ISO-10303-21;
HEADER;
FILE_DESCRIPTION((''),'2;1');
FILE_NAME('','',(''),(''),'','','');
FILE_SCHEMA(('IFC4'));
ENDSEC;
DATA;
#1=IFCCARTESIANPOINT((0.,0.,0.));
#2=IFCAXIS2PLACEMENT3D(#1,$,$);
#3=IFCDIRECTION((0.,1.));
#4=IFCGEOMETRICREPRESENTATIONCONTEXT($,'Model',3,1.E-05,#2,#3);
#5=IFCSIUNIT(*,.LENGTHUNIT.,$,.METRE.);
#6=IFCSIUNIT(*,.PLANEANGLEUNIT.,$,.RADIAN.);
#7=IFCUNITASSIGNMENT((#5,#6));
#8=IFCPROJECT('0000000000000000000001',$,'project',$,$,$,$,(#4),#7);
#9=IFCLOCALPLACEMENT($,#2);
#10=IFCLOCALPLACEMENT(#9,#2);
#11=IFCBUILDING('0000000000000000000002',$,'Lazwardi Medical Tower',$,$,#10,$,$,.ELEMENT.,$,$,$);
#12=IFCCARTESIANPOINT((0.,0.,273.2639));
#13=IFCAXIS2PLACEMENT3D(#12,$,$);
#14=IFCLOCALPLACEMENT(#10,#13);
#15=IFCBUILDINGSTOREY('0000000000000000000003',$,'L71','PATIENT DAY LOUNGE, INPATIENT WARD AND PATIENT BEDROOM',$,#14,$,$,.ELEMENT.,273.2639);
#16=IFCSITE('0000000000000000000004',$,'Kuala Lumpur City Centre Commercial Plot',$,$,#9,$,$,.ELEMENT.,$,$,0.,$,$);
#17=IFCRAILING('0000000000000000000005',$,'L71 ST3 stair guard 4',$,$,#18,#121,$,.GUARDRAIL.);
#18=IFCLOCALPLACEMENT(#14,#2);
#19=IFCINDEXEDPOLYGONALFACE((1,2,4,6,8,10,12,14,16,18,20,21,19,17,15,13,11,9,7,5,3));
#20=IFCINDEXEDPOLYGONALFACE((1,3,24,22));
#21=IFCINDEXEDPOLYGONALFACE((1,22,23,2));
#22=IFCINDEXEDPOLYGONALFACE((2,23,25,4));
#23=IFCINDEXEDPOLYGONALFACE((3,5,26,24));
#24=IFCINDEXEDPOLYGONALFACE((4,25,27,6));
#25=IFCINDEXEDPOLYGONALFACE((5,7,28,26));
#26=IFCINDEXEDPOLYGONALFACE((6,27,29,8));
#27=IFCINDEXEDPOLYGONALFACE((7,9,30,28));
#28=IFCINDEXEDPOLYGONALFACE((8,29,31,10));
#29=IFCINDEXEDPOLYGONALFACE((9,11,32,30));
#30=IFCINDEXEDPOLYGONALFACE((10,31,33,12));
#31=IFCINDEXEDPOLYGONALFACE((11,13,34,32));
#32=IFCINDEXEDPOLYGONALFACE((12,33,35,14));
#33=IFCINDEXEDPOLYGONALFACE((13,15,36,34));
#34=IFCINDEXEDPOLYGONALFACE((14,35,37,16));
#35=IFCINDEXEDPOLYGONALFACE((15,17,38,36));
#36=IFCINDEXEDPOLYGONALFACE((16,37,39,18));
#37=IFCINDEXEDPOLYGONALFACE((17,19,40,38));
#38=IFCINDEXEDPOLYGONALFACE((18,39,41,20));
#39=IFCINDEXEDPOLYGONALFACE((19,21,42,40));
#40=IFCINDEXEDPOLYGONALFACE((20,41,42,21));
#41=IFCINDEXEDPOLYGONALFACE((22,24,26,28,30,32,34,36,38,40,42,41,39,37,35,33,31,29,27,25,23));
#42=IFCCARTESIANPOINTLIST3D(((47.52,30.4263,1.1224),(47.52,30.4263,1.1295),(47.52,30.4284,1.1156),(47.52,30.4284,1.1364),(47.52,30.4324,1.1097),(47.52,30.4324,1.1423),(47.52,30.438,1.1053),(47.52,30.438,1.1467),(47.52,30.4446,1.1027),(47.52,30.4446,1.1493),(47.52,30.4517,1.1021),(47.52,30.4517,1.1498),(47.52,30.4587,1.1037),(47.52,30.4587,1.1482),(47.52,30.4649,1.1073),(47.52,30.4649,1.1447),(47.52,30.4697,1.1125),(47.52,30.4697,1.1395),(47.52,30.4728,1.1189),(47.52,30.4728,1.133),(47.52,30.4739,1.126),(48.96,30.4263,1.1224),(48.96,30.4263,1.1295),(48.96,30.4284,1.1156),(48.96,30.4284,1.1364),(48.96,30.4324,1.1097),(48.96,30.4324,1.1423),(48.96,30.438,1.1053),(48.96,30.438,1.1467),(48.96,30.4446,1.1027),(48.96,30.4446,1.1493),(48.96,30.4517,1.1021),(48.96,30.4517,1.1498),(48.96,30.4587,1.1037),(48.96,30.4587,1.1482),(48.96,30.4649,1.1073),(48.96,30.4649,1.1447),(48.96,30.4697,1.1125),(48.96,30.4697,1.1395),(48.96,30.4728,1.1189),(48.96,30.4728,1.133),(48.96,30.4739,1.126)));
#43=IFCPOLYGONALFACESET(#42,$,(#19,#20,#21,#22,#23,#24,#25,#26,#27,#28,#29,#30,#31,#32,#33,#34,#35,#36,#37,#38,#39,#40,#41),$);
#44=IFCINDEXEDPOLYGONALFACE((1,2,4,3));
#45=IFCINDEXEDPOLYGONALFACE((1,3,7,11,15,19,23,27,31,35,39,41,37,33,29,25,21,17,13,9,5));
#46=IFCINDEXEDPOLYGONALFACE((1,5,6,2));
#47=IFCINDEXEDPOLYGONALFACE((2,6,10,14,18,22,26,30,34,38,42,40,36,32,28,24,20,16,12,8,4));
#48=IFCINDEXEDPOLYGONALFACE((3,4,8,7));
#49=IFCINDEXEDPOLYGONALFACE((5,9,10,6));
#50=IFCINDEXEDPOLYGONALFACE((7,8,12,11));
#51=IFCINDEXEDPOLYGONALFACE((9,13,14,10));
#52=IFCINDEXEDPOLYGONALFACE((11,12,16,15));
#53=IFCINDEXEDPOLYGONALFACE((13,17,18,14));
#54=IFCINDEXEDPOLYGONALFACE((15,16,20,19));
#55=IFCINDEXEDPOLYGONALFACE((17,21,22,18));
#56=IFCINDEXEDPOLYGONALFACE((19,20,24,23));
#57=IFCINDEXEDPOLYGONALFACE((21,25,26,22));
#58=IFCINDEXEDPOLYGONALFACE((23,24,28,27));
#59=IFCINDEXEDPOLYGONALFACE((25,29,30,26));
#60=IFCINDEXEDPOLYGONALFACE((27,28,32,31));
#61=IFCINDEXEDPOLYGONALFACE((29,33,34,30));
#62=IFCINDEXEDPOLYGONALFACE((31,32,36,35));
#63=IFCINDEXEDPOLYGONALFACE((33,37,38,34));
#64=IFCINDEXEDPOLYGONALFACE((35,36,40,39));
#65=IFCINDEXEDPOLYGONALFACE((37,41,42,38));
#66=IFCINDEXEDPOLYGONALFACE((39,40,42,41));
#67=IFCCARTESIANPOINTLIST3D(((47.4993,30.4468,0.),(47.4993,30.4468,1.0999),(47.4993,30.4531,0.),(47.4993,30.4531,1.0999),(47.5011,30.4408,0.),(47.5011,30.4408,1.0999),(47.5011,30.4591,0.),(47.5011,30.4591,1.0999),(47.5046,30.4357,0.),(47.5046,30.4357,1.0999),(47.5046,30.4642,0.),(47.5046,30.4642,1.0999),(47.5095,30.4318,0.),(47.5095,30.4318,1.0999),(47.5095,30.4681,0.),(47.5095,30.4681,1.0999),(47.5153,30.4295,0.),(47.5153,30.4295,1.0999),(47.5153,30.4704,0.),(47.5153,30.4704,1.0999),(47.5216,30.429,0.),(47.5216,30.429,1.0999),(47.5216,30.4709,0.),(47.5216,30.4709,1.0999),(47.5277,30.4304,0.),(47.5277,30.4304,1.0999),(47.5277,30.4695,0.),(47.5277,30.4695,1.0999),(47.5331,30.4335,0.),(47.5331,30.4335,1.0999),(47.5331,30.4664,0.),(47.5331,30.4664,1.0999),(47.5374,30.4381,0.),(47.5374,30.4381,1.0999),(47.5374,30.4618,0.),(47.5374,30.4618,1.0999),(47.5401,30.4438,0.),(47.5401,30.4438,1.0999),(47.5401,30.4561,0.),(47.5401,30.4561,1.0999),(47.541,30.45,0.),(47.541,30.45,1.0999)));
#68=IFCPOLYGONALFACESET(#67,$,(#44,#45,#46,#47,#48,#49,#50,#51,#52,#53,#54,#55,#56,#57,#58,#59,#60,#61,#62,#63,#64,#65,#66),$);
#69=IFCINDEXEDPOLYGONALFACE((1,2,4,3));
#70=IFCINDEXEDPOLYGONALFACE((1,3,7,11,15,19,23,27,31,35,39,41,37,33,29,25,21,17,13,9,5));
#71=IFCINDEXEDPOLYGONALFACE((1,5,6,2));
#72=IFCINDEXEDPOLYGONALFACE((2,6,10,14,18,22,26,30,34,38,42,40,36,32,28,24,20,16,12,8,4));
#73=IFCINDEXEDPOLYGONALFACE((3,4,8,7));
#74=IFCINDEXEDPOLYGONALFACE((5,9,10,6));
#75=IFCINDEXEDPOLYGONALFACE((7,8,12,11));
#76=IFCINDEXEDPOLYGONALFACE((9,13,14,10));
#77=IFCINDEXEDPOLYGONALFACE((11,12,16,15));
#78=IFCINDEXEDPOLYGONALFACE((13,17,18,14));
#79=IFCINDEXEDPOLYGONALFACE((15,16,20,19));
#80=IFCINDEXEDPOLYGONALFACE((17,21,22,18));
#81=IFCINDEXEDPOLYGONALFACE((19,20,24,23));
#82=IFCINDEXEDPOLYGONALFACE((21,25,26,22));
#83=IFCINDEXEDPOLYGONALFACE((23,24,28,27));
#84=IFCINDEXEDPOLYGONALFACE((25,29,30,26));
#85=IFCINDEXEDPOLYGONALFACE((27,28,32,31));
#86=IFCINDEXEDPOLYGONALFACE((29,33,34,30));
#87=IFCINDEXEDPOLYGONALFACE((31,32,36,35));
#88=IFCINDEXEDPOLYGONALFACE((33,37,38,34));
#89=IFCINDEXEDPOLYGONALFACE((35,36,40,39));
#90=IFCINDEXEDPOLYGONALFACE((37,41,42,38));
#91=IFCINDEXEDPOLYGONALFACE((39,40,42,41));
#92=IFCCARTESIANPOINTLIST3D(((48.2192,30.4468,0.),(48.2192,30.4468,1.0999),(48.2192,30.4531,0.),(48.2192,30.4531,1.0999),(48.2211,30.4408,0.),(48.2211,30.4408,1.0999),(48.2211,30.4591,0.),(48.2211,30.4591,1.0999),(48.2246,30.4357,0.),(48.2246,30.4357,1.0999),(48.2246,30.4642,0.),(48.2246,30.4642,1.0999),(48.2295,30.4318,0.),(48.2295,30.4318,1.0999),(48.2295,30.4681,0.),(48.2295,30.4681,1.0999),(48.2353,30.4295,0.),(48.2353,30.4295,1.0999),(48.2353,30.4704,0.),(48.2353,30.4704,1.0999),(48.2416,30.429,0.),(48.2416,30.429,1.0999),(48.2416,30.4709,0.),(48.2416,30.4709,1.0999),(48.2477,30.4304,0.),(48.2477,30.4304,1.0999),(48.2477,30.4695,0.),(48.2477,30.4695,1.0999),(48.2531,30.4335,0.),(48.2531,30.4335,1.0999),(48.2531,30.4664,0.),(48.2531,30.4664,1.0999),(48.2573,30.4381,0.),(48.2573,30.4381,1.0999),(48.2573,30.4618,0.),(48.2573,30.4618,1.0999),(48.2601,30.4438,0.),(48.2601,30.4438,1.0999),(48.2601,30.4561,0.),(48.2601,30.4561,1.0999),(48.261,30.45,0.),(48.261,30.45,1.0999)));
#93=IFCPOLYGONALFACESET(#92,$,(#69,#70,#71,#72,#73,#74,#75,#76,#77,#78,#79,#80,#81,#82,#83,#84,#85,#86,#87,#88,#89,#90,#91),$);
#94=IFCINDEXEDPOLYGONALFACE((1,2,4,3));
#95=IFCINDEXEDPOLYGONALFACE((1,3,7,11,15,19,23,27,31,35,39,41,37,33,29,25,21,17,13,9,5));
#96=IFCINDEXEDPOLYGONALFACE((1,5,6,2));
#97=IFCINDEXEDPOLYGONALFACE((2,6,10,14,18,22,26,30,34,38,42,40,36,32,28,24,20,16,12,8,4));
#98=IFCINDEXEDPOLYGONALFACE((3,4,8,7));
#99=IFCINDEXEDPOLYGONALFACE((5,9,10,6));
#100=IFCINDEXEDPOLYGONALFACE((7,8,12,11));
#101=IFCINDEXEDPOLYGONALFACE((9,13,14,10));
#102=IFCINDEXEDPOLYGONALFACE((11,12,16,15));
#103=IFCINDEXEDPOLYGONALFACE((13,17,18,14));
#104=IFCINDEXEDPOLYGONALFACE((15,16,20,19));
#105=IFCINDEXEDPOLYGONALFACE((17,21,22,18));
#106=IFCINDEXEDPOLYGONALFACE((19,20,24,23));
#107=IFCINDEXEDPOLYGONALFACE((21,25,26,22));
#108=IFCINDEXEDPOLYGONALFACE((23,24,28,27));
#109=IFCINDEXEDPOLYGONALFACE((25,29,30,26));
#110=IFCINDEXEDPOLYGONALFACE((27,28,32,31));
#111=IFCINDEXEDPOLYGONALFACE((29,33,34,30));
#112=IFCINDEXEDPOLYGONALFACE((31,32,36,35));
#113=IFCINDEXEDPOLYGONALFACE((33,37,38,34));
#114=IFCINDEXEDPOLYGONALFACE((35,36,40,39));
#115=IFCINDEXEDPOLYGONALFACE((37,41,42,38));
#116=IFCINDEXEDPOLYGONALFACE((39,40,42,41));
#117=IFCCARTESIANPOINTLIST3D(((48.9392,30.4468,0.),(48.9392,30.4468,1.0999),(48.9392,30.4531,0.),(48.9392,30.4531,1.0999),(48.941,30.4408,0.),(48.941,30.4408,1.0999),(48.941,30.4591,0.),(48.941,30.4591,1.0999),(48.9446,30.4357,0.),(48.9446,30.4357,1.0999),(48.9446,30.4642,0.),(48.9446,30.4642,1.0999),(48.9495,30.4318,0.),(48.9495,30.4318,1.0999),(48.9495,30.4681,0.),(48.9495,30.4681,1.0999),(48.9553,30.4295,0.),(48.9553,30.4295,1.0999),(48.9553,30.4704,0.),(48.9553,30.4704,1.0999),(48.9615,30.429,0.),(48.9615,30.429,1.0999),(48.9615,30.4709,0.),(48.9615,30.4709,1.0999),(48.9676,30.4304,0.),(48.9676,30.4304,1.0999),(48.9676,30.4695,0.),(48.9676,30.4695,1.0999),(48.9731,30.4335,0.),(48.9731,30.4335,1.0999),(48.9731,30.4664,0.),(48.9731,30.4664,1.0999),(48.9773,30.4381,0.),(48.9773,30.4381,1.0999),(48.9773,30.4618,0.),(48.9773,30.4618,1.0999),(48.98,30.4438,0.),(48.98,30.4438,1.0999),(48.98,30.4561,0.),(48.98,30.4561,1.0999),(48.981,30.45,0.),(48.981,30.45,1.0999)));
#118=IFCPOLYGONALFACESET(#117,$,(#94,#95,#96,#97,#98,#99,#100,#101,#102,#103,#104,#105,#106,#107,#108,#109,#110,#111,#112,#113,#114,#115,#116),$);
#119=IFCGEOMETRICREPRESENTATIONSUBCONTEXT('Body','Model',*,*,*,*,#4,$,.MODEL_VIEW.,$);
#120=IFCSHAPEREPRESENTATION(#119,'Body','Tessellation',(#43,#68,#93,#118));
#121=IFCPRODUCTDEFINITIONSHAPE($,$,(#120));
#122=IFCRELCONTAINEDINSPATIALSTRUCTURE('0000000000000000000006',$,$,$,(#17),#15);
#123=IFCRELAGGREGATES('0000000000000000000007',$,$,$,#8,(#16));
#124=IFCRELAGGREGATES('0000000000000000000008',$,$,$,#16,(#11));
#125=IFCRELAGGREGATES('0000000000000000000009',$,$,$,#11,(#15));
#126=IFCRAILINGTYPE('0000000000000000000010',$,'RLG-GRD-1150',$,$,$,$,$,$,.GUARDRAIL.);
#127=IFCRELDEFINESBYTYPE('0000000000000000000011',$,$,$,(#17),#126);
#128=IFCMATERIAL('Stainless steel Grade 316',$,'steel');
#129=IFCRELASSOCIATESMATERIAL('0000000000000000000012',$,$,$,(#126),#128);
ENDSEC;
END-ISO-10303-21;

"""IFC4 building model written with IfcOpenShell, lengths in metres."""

from ifc_helpers import new_model, si_unit, direction, frame, origin, origin_2d, place, context, subcontext, project, spatial, circle, extrude, material, type_object, element, save


model = new_model("IFC4")

# Units and contexts
model_context = context("Model", 3, precision=1e-05, world=origin(), true_north=direction((0.0, 1.0)))
body_context = subcontext(model_context, "Body", "Model", "MODEL_VIEW")
ifc_project = project(units=[si_unit("LENGTHUNIT", "METRE"), si_unit("PLANEANGLEUNIT", "RADIAN")], contexts=[model_context])

# Site, building, storey
site_placement = place(None, origin())
site = spatial("IfcSite", under=ifc_project, at=site_placement, Name="Kuala Lumpur City Centre Commercial Plot", CompositionType="ELEMENT", RefElevation=0.0)
building_placement = place(site_placement, origin())
building = spatial("IfcBuilding", under=site, at=building_placement, Name="Lazwardi Medical Tower", CompositionType="ELEMENT")
storey_placement = place(building_placement, frame((0.0, 0.0, 273.2639)))
storey = spatial("IfcBuildingStorey", under=building, at=storey_placement, Name="L71", Description="PATIENT DAY LOUNGE, INPATIENT WARD AND PATIENT BEDROOM", CompositionType="ELEMENT", Elevation=273.2639)

# Railing
ifc_material_1 = material(Name="Stainless steel Grade 316", Category="steel")
railing_type_1 = type_object("IfcRailingType", Name="RLG-GRD-1150", PredefinedType="GUARDRAIL", material=ifc_material_1)
railing_1_placement = place(storey_placement, frame((47.52, 30.45, 0.0)))
element("IfcRailing", 1, at=railing_1_placement, inside=storey, type_object=railing_type_1, Name="L71 ST3 stair guard 4", PredefinedType="GUARDRAIL", context=body_context, shape_type="SweptSolid", body=[
    extrude(circle(Radius=0.0239, at=origin_2d()), frame((0.0, 0.0, 1.126), z_axis=(1.0, 0.0, 0.0), x_axis=(0.0, 1.0, 0.0)), (0.0, 0.0, 1.0), 1.4399),
    extrude(circle(Radius=0.021, at=origin_2d()), origin(), (0.0, 0.0, 1.0), 1.0999),
    extrude(circle(Radius=0.021, at=origin_2d()), frame((0.72, 0.0, 0.0)), (0.0, 0.0, 1.0), 1.0999),
    extrude(circle(Radius=0.021, at=origin_2d()), frame((1.4399, 0.0, 0.0)), (0.0, 0.0, 1.0), 1.0999),
])

save(model, "model.ifc")
